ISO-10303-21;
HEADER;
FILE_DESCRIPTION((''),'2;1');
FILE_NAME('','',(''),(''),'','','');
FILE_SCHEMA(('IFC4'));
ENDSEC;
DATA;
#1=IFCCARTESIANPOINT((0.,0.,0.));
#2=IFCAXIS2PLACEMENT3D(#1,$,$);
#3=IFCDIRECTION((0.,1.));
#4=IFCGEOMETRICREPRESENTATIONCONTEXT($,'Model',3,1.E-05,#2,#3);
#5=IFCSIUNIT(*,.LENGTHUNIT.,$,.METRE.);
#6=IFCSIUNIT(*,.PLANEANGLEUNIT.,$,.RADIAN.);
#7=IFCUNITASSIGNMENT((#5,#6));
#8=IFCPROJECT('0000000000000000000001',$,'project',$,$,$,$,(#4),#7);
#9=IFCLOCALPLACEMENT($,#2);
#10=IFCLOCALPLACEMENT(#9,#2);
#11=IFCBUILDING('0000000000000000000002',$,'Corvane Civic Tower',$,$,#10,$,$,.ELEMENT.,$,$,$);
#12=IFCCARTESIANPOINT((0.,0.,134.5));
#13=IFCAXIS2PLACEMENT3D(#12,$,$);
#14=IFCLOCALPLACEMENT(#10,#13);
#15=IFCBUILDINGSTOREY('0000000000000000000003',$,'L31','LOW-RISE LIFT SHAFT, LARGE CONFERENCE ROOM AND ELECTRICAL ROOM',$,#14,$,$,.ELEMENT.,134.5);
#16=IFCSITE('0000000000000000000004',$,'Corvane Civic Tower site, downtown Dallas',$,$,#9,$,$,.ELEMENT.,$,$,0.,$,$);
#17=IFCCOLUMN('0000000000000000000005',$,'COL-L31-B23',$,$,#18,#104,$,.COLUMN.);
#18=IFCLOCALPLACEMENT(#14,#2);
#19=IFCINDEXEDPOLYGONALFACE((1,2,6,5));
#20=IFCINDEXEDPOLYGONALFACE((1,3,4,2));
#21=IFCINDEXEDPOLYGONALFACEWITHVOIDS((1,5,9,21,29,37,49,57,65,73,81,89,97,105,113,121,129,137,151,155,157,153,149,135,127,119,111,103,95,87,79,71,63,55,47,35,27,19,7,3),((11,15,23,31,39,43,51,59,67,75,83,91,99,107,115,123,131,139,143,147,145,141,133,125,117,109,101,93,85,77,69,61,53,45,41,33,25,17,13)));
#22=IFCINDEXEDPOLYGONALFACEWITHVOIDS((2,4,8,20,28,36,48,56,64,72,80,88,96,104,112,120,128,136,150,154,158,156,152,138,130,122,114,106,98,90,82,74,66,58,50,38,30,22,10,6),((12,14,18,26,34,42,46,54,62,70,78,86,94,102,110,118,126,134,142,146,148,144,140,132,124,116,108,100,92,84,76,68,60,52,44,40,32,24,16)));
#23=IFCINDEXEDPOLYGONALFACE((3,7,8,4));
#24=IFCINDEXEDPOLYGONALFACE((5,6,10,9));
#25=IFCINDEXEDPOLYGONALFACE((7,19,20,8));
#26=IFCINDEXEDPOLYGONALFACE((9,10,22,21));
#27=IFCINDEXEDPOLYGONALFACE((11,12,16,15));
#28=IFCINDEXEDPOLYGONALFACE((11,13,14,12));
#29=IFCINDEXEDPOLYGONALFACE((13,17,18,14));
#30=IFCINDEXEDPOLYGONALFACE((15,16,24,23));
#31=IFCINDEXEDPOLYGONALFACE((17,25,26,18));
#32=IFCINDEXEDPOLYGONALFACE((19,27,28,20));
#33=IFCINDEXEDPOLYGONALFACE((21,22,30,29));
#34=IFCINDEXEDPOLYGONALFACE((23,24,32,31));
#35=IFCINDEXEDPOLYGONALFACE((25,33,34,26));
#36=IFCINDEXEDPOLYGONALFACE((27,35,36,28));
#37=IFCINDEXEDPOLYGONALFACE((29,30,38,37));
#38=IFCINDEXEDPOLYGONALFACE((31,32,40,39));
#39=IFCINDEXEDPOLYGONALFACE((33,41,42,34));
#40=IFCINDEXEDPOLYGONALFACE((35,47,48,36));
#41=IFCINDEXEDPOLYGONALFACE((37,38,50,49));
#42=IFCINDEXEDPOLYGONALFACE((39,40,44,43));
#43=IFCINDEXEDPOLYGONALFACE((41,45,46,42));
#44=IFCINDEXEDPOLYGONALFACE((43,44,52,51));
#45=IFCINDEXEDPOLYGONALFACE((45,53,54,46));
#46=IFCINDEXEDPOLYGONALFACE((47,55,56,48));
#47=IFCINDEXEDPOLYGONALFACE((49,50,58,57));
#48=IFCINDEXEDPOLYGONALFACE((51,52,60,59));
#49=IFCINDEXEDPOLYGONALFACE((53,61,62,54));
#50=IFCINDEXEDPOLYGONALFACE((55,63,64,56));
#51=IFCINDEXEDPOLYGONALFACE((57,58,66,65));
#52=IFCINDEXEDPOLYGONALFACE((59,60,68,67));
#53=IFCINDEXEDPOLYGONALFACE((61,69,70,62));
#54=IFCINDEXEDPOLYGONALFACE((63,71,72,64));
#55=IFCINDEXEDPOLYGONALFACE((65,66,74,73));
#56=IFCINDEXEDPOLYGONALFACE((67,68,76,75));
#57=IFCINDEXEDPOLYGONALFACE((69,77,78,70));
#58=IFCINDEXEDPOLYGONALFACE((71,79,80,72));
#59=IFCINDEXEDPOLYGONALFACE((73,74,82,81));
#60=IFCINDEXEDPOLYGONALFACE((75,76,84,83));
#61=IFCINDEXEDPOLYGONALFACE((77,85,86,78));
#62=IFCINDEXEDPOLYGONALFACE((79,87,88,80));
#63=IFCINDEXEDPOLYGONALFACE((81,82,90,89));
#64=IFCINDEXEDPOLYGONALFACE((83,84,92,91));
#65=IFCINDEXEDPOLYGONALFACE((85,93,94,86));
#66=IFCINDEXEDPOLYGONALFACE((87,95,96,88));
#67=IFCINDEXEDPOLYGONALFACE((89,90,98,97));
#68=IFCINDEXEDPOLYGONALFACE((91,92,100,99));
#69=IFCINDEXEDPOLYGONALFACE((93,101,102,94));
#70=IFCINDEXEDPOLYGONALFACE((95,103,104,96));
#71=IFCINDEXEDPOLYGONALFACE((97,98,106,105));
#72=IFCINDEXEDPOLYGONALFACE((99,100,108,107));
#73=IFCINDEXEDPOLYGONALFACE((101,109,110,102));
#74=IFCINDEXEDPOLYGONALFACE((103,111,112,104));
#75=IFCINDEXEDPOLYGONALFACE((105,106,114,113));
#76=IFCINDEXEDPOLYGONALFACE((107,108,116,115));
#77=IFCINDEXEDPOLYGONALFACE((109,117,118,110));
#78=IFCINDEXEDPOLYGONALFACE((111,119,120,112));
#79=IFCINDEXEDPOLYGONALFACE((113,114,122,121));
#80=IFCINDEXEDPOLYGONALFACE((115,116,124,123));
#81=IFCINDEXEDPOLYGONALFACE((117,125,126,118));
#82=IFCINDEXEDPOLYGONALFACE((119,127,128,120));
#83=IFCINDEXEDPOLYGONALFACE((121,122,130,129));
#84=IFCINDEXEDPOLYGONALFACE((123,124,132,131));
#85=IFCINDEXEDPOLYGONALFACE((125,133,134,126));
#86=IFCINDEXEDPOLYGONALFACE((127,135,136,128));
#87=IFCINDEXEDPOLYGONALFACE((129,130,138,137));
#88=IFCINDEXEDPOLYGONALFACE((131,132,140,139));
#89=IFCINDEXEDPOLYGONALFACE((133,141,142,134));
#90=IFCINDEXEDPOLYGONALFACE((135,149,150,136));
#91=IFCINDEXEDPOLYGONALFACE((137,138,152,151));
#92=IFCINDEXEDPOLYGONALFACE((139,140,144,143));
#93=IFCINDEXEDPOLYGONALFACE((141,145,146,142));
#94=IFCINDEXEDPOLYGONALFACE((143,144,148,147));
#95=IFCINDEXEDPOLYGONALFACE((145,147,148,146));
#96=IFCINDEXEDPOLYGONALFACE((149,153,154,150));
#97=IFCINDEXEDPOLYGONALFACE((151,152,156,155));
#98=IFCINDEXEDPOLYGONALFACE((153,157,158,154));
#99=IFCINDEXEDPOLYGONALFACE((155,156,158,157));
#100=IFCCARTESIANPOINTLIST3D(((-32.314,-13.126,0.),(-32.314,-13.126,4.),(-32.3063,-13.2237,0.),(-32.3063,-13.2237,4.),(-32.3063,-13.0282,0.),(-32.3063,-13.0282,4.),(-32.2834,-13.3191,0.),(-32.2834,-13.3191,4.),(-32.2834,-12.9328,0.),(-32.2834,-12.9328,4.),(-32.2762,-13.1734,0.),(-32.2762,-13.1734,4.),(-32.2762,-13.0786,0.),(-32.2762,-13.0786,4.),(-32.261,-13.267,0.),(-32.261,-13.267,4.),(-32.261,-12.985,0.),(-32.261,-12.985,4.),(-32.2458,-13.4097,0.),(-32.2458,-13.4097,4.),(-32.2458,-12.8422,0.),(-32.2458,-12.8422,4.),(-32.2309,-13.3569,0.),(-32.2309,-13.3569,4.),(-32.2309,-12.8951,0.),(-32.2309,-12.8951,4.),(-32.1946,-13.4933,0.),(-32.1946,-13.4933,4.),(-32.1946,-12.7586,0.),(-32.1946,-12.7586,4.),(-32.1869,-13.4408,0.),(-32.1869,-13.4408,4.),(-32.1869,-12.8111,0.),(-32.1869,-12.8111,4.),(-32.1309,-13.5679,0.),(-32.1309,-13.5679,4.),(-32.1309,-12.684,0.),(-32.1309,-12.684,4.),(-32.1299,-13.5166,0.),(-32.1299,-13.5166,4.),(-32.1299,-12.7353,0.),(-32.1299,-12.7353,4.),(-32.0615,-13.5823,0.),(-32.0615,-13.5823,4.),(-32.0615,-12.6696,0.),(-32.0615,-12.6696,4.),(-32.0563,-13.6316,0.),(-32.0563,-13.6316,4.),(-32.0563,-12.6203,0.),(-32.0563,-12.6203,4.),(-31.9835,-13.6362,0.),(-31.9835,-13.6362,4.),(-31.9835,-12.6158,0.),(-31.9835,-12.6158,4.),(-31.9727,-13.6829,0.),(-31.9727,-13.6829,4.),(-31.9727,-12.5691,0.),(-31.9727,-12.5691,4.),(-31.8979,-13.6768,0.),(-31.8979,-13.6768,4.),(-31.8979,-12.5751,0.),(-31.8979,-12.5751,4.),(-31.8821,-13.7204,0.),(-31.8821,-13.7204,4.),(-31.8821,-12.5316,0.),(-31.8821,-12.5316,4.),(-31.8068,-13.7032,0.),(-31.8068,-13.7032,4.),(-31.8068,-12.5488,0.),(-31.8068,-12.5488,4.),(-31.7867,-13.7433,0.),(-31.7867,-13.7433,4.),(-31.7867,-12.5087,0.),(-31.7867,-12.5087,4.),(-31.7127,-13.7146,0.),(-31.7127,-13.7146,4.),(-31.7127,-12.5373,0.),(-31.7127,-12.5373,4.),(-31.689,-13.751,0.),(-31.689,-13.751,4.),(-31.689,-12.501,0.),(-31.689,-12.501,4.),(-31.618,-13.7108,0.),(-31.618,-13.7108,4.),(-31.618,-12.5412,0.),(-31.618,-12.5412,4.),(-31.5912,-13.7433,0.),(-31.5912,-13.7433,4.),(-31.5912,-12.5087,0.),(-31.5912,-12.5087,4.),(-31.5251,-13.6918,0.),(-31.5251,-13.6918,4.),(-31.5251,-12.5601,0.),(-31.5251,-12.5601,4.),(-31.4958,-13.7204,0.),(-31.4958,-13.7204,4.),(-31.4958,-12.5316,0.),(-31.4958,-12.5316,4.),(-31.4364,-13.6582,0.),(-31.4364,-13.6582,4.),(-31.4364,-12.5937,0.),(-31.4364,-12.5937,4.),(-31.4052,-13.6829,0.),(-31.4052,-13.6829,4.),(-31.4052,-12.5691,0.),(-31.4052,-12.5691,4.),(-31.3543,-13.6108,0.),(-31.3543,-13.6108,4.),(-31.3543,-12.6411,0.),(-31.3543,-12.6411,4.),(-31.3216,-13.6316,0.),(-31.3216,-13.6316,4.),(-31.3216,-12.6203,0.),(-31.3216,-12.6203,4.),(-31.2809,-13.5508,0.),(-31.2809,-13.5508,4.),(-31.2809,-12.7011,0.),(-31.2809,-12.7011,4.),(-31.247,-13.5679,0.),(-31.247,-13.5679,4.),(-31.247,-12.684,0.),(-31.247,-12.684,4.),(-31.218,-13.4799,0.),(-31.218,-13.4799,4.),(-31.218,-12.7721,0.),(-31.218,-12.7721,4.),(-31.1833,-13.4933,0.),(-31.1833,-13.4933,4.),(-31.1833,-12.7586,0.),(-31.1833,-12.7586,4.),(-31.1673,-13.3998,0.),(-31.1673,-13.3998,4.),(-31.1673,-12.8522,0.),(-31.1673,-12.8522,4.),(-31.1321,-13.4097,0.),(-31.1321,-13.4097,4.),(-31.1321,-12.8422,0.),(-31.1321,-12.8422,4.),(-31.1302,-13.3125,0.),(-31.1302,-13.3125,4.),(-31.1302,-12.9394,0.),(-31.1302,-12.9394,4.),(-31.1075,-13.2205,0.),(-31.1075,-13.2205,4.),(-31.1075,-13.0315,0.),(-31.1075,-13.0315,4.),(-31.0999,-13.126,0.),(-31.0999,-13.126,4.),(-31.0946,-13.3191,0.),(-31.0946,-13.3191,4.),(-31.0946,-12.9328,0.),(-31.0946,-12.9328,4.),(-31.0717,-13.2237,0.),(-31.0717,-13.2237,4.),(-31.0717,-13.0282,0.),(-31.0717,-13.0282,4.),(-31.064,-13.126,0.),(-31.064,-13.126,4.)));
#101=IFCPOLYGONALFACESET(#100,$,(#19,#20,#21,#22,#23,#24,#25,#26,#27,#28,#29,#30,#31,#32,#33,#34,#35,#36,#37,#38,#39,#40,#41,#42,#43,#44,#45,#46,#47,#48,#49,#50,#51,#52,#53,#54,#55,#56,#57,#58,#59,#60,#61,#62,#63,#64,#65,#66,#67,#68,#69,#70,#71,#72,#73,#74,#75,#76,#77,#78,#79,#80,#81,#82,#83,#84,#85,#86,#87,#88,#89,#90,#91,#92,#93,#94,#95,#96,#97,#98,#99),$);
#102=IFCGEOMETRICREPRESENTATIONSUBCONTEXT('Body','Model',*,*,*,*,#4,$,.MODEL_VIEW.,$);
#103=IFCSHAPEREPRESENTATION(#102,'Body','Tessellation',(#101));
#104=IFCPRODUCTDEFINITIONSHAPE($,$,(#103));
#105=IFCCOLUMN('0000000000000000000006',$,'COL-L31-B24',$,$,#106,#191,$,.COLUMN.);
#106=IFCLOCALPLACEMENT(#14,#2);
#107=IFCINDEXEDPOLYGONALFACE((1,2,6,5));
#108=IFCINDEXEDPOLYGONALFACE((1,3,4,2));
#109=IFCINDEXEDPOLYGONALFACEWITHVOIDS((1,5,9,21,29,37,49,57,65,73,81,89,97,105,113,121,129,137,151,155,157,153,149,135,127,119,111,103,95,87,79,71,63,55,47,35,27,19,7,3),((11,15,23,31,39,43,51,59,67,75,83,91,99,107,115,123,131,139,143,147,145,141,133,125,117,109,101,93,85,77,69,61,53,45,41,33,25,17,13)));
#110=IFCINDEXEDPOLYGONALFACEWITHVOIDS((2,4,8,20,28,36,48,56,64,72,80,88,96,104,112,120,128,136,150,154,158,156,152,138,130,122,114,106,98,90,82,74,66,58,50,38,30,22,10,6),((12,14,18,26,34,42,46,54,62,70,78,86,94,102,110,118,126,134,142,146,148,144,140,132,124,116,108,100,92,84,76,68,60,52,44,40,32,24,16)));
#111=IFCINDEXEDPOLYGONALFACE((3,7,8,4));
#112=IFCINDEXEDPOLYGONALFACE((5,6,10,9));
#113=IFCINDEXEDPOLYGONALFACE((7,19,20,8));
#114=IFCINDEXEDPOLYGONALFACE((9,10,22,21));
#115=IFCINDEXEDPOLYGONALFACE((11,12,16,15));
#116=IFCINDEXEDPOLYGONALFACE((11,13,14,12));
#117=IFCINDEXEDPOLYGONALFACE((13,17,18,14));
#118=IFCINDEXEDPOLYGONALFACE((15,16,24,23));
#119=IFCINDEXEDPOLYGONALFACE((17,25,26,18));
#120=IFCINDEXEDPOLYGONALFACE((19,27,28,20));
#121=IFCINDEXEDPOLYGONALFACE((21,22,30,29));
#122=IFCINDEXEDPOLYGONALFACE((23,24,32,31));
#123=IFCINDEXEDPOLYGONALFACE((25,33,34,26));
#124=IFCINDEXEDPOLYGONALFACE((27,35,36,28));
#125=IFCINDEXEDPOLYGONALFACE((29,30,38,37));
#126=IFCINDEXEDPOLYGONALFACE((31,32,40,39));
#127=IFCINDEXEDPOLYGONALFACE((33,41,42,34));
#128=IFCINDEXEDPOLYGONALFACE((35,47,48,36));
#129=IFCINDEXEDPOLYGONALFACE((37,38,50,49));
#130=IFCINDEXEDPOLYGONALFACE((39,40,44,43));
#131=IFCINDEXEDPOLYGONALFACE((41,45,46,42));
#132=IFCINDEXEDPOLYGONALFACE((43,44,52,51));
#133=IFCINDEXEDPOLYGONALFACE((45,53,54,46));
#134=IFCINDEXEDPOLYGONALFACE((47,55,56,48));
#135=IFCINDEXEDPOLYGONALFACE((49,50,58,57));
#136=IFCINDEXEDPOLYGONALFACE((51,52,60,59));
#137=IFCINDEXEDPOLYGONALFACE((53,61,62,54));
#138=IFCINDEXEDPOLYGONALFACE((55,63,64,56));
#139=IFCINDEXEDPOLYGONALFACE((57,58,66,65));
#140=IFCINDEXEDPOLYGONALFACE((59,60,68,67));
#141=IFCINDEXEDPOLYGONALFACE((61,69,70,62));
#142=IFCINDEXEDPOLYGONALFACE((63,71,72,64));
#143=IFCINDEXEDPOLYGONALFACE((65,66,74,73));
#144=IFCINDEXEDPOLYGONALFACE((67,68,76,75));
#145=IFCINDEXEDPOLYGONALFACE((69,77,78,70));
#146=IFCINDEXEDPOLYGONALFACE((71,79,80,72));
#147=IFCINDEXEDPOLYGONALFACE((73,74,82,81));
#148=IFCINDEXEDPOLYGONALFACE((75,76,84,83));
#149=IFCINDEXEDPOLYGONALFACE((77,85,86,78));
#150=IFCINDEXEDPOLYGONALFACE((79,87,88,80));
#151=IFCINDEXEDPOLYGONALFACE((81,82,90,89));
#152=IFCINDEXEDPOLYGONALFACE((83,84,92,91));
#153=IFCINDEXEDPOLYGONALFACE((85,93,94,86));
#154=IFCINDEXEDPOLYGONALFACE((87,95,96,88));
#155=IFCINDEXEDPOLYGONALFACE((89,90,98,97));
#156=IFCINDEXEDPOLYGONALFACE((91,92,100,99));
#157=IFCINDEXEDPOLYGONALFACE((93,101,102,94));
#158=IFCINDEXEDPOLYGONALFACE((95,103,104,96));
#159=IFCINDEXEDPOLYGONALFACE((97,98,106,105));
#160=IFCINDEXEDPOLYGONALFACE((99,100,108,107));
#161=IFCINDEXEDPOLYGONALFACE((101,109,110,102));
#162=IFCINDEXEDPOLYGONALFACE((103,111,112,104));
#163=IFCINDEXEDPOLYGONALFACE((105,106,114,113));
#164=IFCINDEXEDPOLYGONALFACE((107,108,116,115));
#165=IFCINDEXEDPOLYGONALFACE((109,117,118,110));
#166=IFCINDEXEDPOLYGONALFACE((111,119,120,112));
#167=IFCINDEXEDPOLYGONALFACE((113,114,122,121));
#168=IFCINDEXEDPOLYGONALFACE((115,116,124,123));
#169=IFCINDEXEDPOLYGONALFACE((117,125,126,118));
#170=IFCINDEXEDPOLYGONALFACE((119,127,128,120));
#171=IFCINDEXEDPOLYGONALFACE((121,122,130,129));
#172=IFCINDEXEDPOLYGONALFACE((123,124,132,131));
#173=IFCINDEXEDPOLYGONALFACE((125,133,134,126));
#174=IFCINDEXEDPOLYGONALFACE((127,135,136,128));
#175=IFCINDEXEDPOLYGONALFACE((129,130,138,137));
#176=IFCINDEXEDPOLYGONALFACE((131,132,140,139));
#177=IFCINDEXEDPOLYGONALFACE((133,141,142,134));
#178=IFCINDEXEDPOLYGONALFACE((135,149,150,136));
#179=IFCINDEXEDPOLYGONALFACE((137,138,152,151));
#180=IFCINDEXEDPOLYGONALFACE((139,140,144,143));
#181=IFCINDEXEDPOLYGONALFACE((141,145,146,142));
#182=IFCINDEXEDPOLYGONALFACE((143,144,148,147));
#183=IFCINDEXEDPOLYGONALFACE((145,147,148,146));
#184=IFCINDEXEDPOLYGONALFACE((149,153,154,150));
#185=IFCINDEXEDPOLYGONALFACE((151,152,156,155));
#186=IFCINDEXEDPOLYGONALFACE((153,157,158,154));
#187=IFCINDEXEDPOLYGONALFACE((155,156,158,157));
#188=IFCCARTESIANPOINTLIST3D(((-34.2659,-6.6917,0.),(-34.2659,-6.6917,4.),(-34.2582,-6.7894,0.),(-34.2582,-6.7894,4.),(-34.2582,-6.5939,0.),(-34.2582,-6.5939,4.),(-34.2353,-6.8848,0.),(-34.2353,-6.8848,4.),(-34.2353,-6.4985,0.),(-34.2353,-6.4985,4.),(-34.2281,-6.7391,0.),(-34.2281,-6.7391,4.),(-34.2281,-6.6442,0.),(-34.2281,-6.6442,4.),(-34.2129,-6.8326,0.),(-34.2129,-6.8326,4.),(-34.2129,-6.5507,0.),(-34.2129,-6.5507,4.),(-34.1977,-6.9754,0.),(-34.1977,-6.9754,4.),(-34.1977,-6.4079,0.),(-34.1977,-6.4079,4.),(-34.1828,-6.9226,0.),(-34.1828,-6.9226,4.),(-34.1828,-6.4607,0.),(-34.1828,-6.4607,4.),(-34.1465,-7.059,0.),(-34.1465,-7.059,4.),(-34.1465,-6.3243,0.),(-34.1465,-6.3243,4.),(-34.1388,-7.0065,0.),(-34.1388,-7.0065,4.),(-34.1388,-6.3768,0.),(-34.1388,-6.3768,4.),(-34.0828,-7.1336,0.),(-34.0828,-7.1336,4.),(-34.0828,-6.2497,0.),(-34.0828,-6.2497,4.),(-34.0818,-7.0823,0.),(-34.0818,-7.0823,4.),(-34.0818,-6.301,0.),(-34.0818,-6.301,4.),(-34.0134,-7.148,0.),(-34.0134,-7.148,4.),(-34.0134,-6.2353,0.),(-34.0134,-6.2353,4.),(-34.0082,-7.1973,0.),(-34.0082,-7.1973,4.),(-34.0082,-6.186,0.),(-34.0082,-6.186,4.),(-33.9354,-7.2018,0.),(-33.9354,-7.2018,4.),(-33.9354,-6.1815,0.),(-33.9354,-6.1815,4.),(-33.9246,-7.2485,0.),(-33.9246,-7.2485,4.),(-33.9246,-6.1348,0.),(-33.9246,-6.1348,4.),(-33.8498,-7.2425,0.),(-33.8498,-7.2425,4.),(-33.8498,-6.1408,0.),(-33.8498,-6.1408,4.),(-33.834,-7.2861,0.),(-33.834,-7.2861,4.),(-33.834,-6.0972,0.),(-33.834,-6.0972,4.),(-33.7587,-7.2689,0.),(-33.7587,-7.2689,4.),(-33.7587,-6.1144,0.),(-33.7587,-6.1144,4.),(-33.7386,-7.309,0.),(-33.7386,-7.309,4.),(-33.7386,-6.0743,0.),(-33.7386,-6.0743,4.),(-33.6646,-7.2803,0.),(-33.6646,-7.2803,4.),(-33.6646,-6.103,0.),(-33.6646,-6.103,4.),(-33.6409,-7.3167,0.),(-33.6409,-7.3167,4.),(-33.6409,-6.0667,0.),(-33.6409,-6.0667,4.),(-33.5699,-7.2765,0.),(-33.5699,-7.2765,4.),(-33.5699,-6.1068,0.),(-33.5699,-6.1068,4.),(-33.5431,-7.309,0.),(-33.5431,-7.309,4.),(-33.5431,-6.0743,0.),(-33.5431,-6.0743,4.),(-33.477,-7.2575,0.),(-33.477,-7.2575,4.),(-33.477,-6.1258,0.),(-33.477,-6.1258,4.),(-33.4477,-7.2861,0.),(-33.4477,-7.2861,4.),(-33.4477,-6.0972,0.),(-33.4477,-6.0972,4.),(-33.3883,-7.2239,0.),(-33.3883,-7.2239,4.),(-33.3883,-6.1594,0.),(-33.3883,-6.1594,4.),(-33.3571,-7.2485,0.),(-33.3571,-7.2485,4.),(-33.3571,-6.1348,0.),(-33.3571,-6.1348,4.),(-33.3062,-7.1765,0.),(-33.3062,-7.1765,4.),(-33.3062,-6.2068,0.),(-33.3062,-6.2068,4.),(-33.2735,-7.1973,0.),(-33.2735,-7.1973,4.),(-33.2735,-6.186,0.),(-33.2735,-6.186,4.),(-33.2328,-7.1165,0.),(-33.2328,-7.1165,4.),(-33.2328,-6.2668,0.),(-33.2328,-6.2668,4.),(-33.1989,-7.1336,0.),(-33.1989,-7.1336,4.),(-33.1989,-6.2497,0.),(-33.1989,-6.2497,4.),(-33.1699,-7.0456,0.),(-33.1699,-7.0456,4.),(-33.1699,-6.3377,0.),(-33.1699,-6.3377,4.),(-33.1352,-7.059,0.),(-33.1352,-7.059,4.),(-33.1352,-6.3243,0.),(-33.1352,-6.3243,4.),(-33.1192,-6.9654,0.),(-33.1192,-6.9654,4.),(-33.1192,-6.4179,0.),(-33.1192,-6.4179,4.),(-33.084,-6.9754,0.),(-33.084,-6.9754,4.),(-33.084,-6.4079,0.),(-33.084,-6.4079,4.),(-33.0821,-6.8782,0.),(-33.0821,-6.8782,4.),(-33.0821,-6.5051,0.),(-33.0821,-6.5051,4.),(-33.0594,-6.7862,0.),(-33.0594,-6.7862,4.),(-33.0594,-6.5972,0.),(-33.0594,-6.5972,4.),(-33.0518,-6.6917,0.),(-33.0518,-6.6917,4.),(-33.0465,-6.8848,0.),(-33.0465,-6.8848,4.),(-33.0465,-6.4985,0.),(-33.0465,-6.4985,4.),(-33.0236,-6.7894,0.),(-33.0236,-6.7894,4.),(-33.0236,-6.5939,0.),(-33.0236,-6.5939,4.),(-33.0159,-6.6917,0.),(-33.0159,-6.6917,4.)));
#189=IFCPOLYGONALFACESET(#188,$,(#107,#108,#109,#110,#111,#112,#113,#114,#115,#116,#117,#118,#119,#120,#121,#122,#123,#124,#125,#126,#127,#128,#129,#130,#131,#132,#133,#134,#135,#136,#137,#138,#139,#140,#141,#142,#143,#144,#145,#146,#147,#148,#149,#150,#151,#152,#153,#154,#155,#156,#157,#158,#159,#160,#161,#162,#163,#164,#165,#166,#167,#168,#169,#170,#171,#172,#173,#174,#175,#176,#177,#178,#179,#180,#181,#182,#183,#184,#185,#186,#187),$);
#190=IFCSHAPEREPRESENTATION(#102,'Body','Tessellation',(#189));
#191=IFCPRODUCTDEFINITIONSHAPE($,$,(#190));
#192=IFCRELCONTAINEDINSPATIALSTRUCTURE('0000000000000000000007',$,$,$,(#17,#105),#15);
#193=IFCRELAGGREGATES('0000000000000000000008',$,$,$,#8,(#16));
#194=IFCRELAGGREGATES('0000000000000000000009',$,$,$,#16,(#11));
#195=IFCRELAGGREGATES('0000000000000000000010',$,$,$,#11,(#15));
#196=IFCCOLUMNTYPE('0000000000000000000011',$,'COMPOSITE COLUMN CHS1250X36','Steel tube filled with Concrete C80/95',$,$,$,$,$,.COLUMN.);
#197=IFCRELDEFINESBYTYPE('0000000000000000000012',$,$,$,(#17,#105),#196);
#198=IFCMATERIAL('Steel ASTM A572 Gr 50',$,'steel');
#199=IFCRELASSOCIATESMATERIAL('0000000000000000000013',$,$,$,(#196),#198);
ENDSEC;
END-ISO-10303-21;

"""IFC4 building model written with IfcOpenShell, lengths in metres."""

from ifc_helpers import new_model, si_unit, direction, frame, origin, origin_2d, place, context, subcontext, project, spatial, hollow_circle, extrude, material, material_profile, profile_set, type_object, element, save


model = new_model("IFC4")

# Units and contexts
model_context = context("Model", 3, precision=1e-05, world=origin(), true_north=direction((0.0, 1.0)))
body_context = subcontext(model_context, "Body", "Model", "MODEL_VIEW")
ifc_project = project(units=[si_unit("LENGTHUNIT", "METRE"), si_unit("PLANEANGLEUNIT", "RADIAN")], contexts=[model_context])

# Site, building, storey
site_placement = place(None, origin())
site = spatial("IfcSite", under=ifc_project, at=site_placement, Name="Corvane Civic Tower site, downtown Dallas", CompositionType="ELEMENT", RefElevation=0.0)
building_placement = place(site_placement, origin())
building = spatial("IfcBuilding", under=site, at=building_placement, Name="Corvane Civic Tower", CompositionType="ELEMENT")
storey_placement = place(building_placement, frame((0.0, 0.0, 134.5)))
storey = spatial("IfcBuildingStorey", under=building, at=storey_placement, Name="L31", Description="LOW-RISE LIFT SHAFT, LARGE CONFERENCE ROOM AND ELECTRICAL ROOM", CompositionType="ELEMENT", Elevation=134.5)

# Columns
ifc_material_1 = material(Name="Steel ASTM A572 Gr 50", Category="steel")
ifc_material_profile_1 = material_profile(ifc_material_1, hollow_circle(Radius=0.625, WallThickness=0.0359, at=origin_2d()), Name="CHS1250X36")
ifc_profile_set_1 = profile_set([ifc_material_profile_1], Name="Steel ASTM A572 Gr 50")
column_type = type_object("IfcColumnType", Name="COMPOSITE COLUMN CHS1250X36", Description="Steel tube filled with Concrete C80/95", PredefinedType="COLUMN", material=ifc_profile_set_1)
for number, where, z_axis, x_axis, name in (
    (1, (-31.689, -13.126, 0.0), (0.0, 0.0, 1.0), (1.0, 0.0, 0.0), "COL-L31-B23"),
    (2, (-33.6409, -6.6917, 0.0), (0.0, 0.0, 1.0), (1.0, 0.0, 0.0), "COL-L31-B24"),
):
    element("IfcColumn", number, at=place(storey_placement, frame(where, z_axis=z_axis, x_axis=x_axis)), inside=storey, type_object=column_type, Name=name, PredefinedType="COLUMN", context=body_context, shape_type="SweptSolid", body=[
        extrude(hollow_circle(Radius=0.625, WallThickness=0.0359, at=origin_2d()), origin(), (0.0, 0.0, 1.0), 4.0),
    ])

save(model, "model.ifc")
